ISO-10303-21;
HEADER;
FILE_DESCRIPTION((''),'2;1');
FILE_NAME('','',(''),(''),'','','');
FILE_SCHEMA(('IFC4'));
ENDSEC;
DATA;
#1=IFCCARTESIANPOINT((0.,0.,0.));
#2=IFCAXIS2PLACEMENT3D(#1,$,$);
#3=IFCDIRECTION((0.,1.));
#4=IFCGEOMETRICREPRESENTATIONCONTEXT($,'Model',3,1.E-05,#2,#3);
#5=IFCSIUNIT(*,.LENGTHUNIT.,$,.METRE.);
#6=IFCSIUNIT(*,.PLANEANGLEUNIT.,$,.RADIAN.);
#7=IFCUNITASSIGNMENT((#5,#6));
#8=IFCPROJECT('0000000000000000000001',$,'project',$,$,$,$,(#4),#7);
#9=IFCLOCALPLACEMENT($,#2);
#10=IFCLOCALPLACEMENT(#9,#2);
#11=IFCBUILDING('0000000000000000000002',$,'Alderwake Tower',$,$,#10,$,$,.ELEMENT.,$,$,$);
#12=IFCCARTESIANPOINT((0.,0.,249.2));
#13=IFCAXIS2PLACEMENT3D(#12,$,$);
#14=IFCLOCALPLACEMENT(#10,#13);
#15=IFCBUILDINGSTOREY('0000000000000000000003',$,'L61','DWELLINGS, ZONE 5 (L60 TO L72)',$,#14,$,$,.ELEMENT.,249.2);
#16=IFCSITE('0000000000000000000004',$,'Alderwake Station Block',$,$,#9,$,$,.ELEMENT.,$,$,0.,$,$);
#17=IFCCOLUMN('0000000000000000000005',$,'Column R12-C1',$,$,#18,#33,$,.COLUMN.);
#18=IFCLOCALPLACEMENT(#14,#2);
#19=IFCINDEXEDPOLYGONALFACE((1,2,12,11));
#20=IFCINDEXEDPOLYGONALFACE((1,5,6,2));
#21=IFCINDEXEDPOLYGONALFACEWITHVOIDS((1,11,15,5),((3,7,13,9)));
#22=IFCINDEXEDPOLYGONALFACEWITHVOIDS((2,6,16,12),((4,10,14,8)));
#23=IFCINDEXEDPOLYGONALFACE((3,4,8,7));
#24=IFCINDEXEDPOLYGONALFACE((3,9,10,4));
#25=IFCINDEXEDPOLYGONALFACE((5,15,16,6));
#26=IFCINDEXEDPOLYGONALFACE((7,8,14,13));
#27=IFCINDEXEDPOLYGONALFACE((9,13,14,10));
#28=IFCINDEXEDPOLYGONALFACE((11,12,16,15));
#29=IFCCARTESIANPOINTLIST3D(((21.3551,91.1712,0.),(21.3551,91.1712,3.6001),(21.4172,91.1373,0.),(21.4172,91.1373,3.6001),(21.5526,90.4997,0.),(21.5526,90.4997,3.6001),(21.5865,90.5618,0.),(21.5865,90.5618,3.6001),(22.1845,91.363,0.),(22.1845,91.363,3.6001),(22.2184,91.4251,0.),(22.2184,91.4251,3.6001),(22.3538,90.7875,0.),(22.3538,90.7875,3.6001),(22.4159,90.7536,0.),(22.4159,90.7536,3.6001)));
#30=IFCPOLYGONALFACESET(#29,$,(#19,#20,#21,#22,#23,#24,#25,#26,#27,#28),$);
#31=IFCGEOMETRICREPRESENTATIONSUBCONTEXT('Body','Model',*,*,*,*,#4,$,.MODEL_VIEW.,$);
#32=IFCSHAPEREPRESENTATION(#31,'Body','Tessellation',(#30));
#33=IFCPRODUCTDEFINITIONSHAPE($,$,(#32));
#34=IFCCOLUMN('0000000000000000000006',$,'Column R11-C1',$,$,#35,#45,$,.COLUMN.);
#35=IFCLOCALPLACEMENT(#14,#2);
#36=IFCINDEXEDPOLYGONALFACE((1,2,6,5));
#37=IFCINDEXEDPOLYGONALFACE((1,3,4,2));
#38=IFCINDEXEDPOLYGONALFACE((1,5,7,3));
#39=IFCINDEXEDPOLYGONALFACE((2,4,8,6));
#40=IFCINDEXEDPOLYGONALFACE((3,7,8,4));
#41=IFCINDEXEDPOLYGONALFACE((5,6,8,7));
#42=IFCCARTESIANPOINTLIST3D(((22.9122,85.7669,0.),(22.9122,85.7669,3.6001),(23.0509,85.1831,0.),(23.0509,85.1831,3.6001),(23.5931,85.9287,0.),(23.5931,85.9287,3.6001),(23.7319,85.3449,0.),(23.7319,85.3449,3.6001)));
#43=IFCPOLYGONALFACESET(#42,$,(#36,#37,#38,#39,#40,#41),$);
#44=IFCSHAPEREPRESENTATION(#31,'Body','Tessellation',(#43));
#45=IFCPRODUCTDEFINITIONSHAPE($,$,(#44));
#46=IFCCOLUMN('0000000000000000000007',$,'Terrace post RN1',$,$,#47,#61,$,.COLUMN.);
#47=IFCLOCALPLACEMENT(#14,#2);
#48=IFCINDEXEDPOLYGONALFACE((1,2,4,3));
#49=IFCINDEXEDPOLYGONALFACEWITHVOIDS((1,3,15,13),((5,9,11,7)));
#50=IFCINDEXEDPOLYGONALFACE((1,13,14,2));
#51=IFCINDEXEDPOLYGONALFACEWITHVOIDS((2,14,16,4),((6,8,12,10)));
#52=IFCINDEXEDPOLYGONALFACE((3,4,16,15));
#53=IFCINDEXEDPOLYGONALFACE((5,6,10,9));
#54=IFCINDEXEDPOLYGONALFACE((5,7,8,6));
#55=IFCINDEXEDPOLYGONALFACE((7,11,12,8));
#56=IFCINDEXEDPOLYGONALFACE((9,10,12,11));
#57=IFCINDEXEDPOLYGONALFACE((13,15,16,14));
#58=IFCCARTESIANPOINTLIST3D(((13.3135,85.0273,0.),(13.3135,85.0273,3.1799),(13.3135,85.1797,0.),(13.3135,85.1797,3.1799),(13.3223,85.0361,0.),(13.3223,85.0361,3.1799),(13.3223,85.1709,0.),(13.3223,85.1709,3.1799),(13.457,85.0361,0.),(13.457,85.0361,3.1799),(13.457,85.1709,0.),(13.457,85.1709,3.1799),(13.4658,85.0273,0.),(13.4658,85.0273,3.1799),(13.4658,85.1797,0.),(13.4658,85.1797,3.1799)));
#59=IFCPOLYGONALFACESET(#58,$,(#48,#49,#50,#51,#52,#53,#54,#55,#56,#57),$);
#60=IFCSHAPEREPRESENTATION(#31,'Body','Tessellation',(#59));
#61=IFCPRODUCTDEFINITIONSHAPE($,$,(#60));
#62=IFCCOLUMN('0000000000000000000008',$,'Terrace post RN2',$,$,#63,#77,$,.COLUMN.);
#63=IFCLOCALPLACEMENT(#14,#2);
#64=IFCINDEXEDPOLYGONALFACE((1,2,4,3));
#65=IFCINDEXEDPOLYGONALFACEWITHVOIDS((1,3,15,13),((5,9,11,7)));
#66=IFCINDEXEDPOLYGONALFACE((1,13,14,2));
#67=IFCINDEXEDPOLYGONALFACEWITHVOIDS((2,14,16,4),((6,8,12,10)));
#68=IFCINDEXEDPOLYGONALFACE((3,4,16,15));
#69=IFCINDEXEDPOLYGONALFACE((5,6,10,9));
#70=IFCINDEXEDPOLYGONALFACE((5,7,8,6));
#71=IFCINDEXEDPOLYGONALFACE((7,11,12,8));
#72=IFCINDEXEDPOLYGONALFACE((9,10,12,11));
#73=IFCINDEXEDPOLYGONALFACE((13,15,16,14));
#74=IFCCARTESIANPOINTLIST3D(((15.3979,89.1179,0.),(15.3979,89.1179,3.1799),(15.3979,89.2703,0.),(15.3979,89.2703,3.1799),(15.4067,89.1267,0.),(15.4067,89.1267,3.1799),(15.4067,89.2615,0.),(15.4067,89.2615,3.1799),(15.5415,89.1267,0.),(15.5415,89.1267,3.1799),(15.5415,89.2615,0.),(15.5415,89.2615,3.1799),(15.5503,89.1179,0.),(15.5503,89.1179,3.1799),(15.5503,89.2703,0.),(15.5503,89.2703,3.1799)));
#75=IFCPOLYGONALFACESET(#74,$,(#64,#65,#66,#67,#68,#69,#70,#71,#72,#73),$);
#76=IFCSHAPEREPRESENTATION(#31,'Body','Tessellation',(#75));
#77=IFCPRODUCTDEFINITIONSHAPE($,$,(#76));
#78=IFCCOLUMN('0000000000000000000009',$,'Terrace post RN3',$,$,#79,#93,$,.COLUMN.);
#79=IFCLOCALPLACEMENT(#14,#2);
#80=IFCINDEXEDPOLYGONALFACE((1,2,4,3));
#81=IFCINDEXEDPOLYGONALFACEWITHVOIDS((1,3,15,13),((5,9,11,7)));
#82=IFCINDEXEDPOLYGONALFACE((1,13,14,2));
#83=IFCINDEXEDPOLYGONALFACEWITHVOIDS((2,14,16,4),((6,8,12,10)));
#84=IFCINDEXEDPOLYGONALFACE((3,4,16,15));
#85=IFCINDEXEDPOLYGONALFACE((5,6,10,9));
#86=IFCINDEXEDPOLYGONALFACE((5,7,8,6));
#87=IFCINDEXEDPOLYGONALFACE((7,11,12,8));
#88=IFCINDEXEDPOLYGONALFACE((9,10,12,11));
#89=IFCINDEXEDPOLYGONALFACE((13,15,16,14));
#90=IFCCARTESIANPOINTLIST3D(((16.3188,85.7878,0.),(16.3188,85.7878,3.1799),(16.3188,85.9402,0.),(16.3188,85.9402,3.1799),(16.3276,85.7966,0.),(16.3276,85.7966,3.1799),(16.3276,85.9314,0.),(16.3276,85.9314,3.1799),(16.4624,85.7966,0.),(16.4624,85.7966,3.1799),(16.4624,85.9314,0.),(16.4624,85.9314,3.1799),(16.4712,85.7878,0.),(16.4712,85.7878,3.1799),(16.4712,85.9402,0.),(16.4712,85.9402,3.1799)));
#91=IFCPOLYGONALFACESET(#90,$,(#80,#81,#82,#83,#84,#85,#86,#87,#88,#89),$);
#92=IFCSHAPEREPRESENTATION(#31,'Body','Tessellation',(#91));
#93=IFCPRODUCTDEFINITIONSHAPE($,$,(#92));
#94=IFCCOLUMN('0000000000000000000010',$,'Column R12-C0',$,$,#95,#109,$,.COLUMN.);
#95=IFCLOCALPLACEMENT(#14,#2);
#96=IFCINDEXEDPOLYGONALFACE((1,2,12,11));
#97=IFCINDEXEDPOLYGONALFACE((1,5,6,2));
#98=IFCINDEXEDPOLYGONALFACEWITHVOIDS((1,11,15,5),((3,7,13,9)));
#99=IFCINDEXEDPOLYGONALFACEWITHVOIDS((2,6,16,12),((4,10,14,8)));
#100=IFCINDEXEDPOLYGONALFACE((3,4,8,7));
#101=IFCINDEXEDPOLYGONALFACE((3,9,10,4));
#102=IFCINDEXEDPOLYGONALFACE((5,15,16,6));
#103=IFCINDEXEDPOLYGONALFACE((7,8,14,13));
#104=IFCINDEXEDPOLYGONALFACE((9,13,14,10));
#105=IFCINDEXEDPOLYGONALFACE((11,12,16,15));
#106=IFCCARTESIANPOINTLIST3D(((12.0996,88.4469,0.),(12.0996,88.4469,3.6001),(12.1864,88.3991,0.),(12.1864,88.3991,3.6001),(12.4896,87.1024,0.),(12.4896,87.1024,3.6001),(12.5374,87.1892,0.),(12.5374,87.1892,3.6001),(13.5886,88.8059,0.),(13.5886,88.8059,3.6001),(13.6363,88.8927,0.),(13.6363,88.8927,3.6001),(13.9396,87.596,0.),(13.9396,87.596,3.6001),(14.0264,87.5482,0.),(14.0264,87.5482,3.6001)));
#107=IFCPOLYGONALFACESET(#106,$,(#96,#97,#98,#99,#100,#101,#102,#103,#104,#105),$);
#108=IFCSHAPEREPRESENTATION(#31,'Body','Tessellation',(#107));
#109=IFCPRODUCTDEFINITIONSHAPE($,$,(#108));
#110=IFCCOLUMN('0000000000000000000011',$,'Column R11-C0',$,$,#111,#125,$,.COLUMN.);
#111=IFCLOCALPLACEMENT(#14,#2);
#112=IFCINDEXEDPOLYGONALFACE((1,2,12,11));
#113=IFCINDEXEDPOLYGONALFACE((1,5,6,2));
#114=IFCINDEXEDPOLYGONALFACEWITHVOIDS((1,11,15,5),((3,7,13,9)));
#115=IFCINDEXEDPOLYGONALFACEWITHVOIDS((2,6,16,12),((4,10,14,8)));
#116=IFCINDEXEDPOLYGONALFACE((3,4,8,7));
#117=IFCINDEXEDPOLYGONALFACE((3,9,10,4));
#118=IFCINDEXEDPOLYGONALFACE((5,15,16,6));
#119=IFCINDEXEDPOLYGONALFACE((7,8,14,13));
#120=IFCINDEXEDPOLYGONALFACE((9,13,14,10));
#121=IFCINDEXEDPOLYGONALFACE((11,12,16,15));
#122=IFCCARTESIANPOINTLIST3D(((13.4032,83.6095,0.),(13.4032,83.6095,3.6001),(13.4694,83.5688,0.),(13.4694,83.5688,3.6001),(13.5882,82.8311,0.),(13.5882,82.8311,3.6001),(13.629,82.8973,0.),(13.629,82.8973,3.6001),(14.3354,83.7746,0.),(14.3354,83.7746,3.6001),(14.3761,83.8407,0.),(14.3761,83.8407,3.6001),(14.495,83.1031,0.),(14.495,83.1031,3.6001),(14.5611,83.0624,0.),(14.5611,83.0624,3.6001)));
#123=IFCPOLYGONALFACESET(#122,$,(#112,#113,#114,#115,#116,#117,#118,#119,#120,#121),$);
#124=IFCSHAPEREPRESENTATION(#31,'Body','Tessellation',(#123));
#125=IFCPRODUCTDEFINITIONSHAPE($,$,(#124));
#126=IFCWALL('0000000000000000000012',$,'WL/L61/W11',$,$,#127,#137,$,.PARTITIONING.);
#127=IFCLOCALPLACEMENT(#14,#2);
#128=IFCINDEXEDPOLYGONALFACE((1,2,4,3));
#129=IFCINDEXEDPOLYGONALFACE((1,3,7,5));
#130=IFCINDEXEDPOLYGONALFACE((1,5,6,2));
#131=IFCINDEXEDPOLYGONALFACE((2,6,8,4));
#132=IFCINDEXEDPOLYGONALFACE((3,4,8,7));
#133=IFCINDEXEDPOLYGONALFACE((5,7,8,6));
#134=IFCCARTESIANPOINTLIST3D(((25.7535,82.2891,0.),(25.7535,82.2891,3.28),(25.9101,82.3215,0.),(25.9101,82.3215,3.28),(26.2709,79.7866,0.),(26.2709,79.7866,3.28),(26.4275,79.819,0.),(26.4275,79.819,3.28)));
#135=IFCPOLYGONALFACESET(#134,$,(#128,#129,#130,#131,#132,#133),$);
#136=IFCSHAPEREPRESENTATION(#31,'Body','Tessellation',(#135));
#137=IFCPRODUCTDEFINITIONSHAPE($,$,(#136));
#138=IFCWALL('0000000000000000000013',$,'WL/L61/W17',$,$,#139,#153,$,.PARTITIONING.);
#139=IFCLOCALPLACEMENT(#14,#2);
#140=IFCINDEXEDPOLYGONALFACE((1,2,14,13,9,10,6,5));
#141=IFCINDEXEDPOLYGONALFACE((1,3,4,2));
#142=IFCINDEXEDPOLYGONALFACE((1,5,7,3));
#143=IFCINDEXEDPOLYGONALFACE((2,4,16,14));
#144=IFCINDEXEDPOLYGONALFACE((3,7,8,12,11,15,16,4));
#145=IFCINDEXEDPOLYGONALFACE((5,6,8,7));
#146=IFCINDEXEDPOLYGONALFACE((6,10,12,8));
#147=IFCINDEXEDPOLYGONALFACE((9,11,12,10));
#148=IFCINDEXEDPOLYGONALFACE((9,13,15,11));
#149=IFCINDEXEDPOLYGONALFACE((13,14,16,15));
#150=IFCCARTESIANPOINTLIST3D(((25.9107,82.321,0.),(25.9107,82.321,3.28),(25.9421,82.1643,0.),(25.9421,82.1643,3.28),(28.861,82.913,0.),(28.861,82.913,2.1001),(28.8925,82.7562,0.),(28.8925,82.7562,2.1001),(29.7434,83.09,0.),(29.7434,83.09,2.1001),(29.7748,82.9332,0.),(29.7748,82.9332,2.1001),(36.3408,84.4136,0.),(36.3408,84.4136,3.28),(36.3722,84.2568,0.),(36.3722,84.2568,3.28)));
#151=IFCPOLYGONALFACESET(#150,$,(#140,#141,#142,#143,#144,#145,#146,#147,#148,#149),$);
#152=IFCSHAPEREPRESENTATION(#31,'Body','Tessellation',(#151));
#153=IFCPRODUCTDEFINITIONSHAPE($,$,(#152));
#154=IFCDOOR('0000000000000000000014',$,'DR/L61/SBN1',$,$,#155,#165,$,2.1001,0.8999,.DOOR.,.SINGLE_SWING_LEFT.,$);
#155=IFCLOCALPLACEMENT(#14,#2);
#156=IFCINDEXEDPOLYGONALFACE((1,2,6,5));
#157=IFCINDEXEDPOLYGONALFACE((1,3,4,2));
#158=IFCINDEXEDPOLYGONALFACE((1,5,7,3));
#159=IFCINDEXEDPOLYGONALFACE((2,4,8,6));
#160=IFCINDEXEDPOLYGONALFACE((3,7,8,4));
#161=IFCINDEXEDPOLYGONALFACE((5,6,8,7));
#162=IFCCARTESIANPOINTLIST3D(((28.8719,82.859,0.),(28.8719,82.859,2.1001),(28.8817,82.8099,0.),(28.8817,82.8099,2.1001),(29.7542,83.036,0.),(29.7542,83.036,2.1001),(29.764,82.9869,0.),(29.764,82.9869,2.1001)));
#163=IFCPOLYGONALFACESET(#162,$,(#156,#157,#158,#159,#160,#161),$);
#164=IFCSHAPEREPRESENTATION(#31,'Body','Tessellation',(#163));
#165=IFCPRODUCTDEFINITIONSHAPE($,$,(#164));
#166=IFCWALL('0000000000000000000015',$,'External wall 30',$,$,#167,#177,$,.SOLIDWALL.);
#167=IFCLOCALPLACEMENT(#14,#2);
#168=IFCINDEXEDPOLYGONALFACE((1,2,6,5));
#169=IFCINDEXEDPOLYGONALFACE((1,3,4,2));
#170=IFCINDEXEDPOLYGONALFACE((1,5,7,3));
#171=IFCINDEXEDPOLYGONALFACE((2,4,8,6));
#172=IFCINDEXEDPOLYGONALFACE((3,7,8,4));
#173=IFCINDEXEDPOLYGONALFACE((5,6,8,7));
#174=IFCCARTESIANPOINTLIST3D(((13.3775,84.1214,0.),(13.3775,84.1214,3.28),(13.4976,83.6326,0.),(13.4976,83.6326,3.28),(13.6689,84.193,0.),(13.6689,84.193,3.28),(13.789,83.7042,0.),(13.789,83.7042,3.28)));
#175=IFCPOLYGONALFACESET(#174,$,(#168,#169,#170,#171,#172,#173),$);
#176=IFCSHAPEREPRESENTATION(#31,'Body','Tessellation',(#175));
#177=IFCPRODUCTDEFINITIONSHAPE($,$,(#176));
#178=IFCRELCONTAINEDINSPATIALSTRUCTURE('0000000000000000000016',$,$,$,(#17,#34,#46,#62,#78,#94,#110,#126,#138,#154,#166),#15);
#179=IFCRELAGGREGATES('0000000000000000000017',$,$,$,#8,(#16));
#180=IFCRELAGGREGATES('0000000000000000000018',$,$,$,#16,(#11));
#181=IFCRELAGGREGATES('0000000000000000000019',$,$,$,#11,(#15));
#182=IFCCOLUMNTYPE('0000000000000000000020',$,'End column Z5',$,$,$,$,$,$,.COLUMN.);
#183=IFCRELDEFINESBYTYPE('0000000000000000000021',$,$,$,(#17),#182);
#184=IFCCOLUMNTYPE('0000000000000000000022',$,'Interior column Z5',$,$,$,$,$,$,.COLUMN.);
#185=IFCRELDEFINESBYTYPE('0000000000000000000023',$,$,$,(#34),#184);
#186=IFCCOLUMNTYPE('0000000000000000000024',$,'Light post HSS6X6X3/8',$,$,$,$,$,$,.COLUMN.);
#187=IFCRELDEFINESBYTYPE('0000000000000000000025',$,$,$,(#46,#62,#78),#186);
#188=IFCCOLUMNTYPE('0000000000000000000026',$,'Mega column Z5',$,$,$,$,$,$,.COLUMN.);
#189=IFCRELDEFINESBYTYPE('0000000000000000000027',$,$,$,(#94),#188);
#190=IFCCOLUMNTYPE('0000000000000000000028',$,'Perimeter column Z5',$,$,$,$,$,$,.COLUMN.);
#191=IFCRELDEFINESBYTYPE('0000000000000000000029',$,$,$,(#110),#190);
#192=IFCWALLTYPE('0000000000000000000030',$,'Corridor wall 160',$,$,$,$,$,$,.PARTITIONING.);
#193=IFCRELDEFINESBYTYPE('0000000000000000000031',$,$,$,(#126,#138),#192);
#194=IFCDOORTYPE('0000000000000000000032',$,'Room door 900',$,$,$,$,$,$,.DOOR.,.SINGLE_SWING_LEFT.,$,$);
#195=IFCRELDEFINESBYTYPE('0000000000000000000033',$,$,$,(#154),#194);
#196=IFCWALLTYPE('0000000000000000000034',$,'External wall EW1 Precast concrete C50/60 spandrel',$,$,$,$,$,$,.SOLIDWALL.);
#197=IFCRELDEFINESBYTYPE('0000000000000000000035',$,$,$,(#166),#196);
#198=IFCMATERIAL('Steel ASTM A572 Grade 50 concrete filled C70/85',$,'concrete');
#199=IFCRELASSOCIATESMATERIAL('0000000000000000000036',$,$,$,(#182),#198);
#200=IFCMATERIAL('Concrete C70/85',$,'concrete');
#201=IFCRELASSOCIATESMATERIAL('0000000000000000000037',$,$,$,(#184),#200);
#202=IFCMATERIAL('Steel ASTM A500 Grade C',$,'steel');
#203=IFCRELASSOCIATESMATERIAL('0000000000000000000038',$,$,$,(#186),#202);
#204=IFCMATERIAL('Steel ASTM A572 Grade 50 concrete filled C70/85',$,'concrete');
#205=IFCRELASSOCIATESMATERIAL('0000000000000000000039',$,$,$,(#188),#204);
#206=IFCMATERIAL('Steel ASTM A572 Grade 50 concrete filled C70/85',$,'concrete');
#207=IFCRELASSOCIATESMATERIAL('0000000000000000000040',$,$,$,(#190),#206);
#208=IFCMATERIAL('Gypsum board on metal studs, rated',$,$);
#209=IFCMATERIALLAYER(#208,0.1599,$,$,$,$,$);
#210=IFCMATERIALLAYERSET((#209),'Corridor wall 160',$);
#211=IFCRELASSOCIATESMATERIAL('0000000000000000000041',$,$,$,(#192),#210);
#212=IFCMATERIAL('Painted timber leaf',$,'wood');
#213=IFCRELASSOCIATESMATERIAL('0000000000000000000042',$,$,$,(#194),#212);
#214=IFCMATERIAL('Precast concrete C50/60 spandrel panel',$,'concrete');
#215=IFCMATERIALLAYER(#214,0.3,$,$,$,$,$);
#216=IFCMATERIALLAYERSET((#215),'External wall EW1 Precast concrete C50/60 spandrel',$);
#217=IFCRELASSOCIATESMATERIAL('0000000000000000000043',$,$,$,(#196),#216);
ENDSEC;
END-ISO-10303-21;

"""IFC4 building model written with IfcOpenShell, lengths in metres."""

from ifc_helpers import new_model, si_unit, direction, frame, frame_2d, origin, origin_2d, place, context, subcontext, project, spatial, rectangle, hollow_rectangle, extrude, material, layer, layer_set, material_profile, profile_set, type_object, element, fill, save


model = new_model("IFC4")

# Units and contexts
model_context = context("Model", 3, precision=1e-05, world=origin(), true_north=direction((0.0, 1.0)))
body_context = subcontext(model_context, "Body", "Model", "MODEL_VIEW")
ifc_project = project(units=[si_unit("LENGTHUNIT", "METRE"), si_unit("PLANEANGLEUNIT", "RADIAN")], contexts=[model_context])

# Site, building, storey
site_placement = place(None, origin())
site = spatial("IfcSite", under=ifc_project, at=site_placement, Name="Alderwake Station Block", CompositionType="ELEMENT", RefElevation=0.0)
building_placement = place(site_placement, origin())
building = spatial("IfcBuilding", under=site, at=building_placement, Name="Alderwake Tower", CompositionType="ELEMENT")
storey_placement = place(building_placement, frame((0.0, 0.0, 249.2)))
storey = spatial("IfcBuildingStorey", under=building, at=storey_placement, Name="L61", Description="DWELLINGS, ZONE 5 (L60 TO L72)", CompositionType="ELEMENT", Elevation=249.2)

# Columns
ifc_material_1 = material(Name="Steel ASTM A572 Grade 50 concrete filled C70/85", Category="concrete")
ifc_material_profile_1 = material_profile(ifc_material_1, hollow_rectangle(XDim=0.7, YDim=0.8999, WallThickness=0.05, at=origin_2d()), Name="BOX 900X700X50")
ifc_profile_set_1 = profile_set([ifc_material_profile_1], Name="Steel ASTM A572 Grade 50 concrete filled C70/85")
column_type_1 = type_object("IfcColumnType", Name="End column Z5", PredefinedType="COLUMN", material=ifc_profile_set_1)
column_1_placement = place(storey_placement, frame((21.8855, 90.9624, 0.0), z_axis=(0.0, 0.0, 1.0), x_axis=(-0.282132, 0.959376, 0.0)))
element("IfcColumn", 1, at=column_1_placement, inside=storey, type_object=column_type_1, Name="Column R12-C1", PredefinedType="COLUMN", context=body_context, shape_type="SweptSolid", body=[
    extrude(hollow_rectangle(XDim=0.7, YDim=0.8999, WallThickness=0.05, at=origin_2d()), origin(), (0.0, 0.0, 1.0), 3.6001),
])
ifc_material_2 = material(Name="Concrete C70/85", Category="concrete")
ifc_material_profile_2 = material_profile(ifc_material_2, rectangle(XDim=0.6001, YDim=0.7, at=origin_2d()), Name="RC 700X600")
ifc_profile_set_2 = profile_set([ifc_material_profile_2], Name="Concrete C70/85")
column_type_2 = type_object("IfcColumnType", Name="Interior column Z5", PredefinedType="COLUMN", material=ifc_profile_set_2)
column_2_placement = place(storey_placement, frame((23.322, 85.5559, 0.0), z_axis=(0.0, 0.0, 1.0), x_axis=(-0.231222, 0.972901, 0.0)))
element("IfcColumn", 2, at=column_2_placement, inside=storey, type_object=column_type_2, Name="Column R11-C1", PredefinedType="COLUMN", context=body_context, shape_type="SweptSolid", body=[
    extrude(rectangle(XDim=0.6001, YDim=0.7, at=origin_2d()), origin(), (0.0, 0.0, 1.0), 3.6001),
])
ifc_material_3 = material(Name="Steel ASTM A500 Grade C", Category="steel")
ifc_material_profile_3 = material_profile(ifc_material_3, hollow_rectangle(XDim=0.1523, YDim=0.1523, WallThickness=0.0088, at=origin_2d()), Name="HSS6X6X3/8")
ifc_profile_set_3 = profile_set([ifc_material_profile_3], Name="Steel ASTM A500 Grade C")
column_type_3 = type_object("IfcColumnType", Name="Light post HSS6X6X3/8", PredefinedType="COLUMN", material=ifc_profile_set_3)
for number, where, z_axis, x_axis, name in (
    (3, (13.3896, 85.1035, 0.0), (0.0, 0.0, 1.0), (1.0, 0.0, 0.0), "Terrace post RN1"),
    (4, (15.4741, 89.1941, 0.0), (0.0, 0.0, 1.0), (1.0, 0.0, 0.0), "Terrace post RN2"),
    (5, (16.395, 85.864, 0.0), (0.0, 0.0, 1.0), (1.0, 0.0, 0.0), "Terrace post RN3"),
):
    element("IfcColumn", number, at=place(storey_placement, frame(where, z_axis=z_axis, x_axis=x_axis)), inside=storey, type_object=column_type_3, Name=name, PredefinedType="COLUMN", context=body_context, shape_type="SweptSolid", body=[
        extrude(hollow_rectangle(XDim=0.1523, YDim=0.1523, WallThickness=0.0088, at=origin_2d()), origin(), (0.0, 0.0, 1.0), 3.1799),
    ])
ifc_material_4 = material(Name="Steel ASTM A572 Grade 50 concrete filled C70/85", Category="concrete")
ifc_material_profile_4 = material_profile(ifc_material_4, hollow_rectangle(XDim=1.3999, YDim=1.6001, WallThickness=0.0701, at=origin_2d()), Name="BOX 1600X1400X70")
ifc_profile_set_4 = profile_set([ifc_material_profile_4], Name="Steel ASTM A572 Grade 50 concrete filled C70/85")
column_type_4 = type_object("IfcColumnType", Name="Mega column Z5", PredefinedType="COLUMN", material=ifc_profile_set_4)
column_3_placement = place(storey_placement, frame((13.063, 87.9976, 0.0), z_axis=(0.0, 0.0, 1.0), x_axis=(-0.278612, 0.960404, 0.0)))
element("IfcColumn", 6, at=column_3_placement, inside=storey, type_object=column_type_4, Name="Column R12-C0", PredefinedType="COLUMN", context=body_context, shape_type="SweptSolid", body=[
    extrude(hollow_rectangle(XDim=1.3999, YDim=1.6001, WallThickness=0.0701, at=origin_2d()), origin(), (0.0, 0.0, 1.0), 3.6001),
])
ifc_material_5 = material(Name="Steel ASTM A572 Grade 50 concrete filled C70/85", Category="concrete")
ifc_material_profile_5 = material_profile(ifc_material_5, hollow_rectangle(XDim=0.8, YDim=1.0, WallThickness=0.0549, at=origin_2d()), Name="BOX 1000X800X55")
ifc_profile_set_5 = profile_set([ifc_material_profile_5], Name="Steel ASTM A572 Grade 50 concrete filled C70/85")
column_type_5 = type_object("IfcColumnType", Name="Perimeter column Z5", PredefinedType="COLUMN", material=ifc_profile_set_5)
column_4_placement = place(storey_placement, frame((13.9822, 83.3359, 0.0), z_axis=(0.0, 0.0, 1.0), x_axis=(-0.231222, 0.972901, 0.0)))
element("IfcColumn", 7, at=column_4_placement, inside=storey, type_object=column_type_5, Name="Column R11-C0", PredefinedType="COLUMN", context=body_context, shape_type="SweptSolid", body=[
    extrude(hollow_rectangle(XDim=0.8, YDim=1.0, WallThickness=0.0549, at=origin_2d()), origin(), (0.0, 0.0, 1.0), 3.6001),
])

# Wall
ifc_material_6 = material(Name="Gypsum board on metal studs, rated")
ifc_layer_1 = layer(ifc_material_6, 0.1599)
ifc_layer_set_1 = layer_set([ifc_layer_1], Name="Corridor wall 160")
wall_type_1 = type_object("IfcWallType", Name="Corridor wall 160", PredefinedType="PARTITIONING", material=ifc_layer_set_1)
wall_1_placement = place(storey_placement, frame((25.8318, 82.3054, 0.0), z_axis=(0.0, 0.0, 1.0), x_axis=(0.202451, -0.979292, 0.0)))
element("IfcWall", 8, at=wall_1_placement, inside=storey, type_object=wall_type_1, Name="WL/L61/W11", PredefinedType="PARTITIONING", context=body_context, shape_type="SweptSolid", body=[
    extrude(rectangle(XDim=2.5554, YDim=0.1599, at=frame_2d((1.2778, 0.0))), origin(), (0.0, 0.0, 1.0), 3.28),
])

# Wall, opening, door
wall_2_placement = place(storey_placement, frame((25.9265, 82.2427, 0.0), z_axis=(0.0, 0.0, 1.0), x_axis=(0.980463, 0.196703, 0.0)))
wall_2 = element("IfcWall", 9, at=wall_2_placement, inside=storey, type_object=wall_type_1, Name="WL/L61/W17", PredefinedType="PARTITIONING", context=body_context, shape_type="SweptSolid", body=[
    extrude(rectangle(XDim=10.6379, YDim=0.1599, at=frame_2d((5.3188, 0.0))), origin(), (0.0, 0.0, 1.0), 3.28),
])
opening_1_placement = place(wall_2_placement, frame((3.009, 0.0, 0.0)))
opening_1 = element("IfcOpeningElement", 10, at=opening_1_placement, cuts=wall_2, PredefinedType="OPENING", context=body_context, shape_type="SweptSolid", body=[
    extrude(rectangle(XDim=0.8999, YDim=2.1001, at=frame_2d((0.45, 1.05))), frame((0.0, 0.0898, 0.0), z_axis=(0.0, -1.0, 0.0), x_axis=(1.0, 0.0, 0.0)), (0.0, 0.0, 1.0), 0.1799),
])
ifc_material_7 = material(Name="Painted timber leaf", Category="wood")
door_type_1 = type_object("IfcDoorType", Name="Room door 900", OperationType="SINGLE_SWING_LEFT", PredefinedType="DOOR", material=ifc_material_7)
door_1_placement = place(opening_1_placement, origin())
door_1 = element("IfcDoor", 11, at=door_1_placement, inside=storey, type_object=door_type_1, Name="DR/L61/SBN1", OperationType="SINGLE_SWING_LEFT", OverallHeight=2.1001, OverallWidth=0.8999, PredefinedType="DOOR", context=body_context, shape_type="SweptSolid", body=[
    extrude(rectangle(XDim=0.8999, YDim=2.1001, at=frame_2d((0.45, 1.05))), frame((0.0, 0.0249, 0.0), z_axis=(0.0, -1.0, 0.0), x_axis=(1.0, 0.0, 0.0)), (0.0, 0.0, 1.0), 0.05),
])
fill(opening_1, door_1)

# Wall
ifc_material_8 = material(Name="Precast concrete C50/60 spandrel panel", Category="concrete")
ifc_layer_2 = layer(ifc_material_8, 0.3)
ifc_layer_set_2 = layer_set([ifc_layer_2], Name="External wall EW1 Precast concrete C50/60 spandrel")
wall_type_2 = type_object("IfcWallType", Name="External wall EW1 Precast concrete C50/60 spandrel", PredefinedType="SOLIDWALL", material=ifc_layer_set_2)
wall_3_placement = place(storey_placement, frame((13.5232, 84.1572, 0.0), z_axis=(0.0, 0.0, 1.0), x_axis=(0.238653, -0.971105, 0.0)))
element("IfcWall", 12, at=wall_3_placement, inside=storey, type_object=wall_type_2, Name="External wall 30", PredefinedType="SOLIDWALL", context=body_context, shape_type="SweptSolid", body=[
    extrude(rectangle(XDim=0.5034, YDim=0.3, at=frame_2d((0.2517, 0.0))), origin(), (0.0, 0.0, 1.0), 3.28),
])

save(model, "model.ifc")
